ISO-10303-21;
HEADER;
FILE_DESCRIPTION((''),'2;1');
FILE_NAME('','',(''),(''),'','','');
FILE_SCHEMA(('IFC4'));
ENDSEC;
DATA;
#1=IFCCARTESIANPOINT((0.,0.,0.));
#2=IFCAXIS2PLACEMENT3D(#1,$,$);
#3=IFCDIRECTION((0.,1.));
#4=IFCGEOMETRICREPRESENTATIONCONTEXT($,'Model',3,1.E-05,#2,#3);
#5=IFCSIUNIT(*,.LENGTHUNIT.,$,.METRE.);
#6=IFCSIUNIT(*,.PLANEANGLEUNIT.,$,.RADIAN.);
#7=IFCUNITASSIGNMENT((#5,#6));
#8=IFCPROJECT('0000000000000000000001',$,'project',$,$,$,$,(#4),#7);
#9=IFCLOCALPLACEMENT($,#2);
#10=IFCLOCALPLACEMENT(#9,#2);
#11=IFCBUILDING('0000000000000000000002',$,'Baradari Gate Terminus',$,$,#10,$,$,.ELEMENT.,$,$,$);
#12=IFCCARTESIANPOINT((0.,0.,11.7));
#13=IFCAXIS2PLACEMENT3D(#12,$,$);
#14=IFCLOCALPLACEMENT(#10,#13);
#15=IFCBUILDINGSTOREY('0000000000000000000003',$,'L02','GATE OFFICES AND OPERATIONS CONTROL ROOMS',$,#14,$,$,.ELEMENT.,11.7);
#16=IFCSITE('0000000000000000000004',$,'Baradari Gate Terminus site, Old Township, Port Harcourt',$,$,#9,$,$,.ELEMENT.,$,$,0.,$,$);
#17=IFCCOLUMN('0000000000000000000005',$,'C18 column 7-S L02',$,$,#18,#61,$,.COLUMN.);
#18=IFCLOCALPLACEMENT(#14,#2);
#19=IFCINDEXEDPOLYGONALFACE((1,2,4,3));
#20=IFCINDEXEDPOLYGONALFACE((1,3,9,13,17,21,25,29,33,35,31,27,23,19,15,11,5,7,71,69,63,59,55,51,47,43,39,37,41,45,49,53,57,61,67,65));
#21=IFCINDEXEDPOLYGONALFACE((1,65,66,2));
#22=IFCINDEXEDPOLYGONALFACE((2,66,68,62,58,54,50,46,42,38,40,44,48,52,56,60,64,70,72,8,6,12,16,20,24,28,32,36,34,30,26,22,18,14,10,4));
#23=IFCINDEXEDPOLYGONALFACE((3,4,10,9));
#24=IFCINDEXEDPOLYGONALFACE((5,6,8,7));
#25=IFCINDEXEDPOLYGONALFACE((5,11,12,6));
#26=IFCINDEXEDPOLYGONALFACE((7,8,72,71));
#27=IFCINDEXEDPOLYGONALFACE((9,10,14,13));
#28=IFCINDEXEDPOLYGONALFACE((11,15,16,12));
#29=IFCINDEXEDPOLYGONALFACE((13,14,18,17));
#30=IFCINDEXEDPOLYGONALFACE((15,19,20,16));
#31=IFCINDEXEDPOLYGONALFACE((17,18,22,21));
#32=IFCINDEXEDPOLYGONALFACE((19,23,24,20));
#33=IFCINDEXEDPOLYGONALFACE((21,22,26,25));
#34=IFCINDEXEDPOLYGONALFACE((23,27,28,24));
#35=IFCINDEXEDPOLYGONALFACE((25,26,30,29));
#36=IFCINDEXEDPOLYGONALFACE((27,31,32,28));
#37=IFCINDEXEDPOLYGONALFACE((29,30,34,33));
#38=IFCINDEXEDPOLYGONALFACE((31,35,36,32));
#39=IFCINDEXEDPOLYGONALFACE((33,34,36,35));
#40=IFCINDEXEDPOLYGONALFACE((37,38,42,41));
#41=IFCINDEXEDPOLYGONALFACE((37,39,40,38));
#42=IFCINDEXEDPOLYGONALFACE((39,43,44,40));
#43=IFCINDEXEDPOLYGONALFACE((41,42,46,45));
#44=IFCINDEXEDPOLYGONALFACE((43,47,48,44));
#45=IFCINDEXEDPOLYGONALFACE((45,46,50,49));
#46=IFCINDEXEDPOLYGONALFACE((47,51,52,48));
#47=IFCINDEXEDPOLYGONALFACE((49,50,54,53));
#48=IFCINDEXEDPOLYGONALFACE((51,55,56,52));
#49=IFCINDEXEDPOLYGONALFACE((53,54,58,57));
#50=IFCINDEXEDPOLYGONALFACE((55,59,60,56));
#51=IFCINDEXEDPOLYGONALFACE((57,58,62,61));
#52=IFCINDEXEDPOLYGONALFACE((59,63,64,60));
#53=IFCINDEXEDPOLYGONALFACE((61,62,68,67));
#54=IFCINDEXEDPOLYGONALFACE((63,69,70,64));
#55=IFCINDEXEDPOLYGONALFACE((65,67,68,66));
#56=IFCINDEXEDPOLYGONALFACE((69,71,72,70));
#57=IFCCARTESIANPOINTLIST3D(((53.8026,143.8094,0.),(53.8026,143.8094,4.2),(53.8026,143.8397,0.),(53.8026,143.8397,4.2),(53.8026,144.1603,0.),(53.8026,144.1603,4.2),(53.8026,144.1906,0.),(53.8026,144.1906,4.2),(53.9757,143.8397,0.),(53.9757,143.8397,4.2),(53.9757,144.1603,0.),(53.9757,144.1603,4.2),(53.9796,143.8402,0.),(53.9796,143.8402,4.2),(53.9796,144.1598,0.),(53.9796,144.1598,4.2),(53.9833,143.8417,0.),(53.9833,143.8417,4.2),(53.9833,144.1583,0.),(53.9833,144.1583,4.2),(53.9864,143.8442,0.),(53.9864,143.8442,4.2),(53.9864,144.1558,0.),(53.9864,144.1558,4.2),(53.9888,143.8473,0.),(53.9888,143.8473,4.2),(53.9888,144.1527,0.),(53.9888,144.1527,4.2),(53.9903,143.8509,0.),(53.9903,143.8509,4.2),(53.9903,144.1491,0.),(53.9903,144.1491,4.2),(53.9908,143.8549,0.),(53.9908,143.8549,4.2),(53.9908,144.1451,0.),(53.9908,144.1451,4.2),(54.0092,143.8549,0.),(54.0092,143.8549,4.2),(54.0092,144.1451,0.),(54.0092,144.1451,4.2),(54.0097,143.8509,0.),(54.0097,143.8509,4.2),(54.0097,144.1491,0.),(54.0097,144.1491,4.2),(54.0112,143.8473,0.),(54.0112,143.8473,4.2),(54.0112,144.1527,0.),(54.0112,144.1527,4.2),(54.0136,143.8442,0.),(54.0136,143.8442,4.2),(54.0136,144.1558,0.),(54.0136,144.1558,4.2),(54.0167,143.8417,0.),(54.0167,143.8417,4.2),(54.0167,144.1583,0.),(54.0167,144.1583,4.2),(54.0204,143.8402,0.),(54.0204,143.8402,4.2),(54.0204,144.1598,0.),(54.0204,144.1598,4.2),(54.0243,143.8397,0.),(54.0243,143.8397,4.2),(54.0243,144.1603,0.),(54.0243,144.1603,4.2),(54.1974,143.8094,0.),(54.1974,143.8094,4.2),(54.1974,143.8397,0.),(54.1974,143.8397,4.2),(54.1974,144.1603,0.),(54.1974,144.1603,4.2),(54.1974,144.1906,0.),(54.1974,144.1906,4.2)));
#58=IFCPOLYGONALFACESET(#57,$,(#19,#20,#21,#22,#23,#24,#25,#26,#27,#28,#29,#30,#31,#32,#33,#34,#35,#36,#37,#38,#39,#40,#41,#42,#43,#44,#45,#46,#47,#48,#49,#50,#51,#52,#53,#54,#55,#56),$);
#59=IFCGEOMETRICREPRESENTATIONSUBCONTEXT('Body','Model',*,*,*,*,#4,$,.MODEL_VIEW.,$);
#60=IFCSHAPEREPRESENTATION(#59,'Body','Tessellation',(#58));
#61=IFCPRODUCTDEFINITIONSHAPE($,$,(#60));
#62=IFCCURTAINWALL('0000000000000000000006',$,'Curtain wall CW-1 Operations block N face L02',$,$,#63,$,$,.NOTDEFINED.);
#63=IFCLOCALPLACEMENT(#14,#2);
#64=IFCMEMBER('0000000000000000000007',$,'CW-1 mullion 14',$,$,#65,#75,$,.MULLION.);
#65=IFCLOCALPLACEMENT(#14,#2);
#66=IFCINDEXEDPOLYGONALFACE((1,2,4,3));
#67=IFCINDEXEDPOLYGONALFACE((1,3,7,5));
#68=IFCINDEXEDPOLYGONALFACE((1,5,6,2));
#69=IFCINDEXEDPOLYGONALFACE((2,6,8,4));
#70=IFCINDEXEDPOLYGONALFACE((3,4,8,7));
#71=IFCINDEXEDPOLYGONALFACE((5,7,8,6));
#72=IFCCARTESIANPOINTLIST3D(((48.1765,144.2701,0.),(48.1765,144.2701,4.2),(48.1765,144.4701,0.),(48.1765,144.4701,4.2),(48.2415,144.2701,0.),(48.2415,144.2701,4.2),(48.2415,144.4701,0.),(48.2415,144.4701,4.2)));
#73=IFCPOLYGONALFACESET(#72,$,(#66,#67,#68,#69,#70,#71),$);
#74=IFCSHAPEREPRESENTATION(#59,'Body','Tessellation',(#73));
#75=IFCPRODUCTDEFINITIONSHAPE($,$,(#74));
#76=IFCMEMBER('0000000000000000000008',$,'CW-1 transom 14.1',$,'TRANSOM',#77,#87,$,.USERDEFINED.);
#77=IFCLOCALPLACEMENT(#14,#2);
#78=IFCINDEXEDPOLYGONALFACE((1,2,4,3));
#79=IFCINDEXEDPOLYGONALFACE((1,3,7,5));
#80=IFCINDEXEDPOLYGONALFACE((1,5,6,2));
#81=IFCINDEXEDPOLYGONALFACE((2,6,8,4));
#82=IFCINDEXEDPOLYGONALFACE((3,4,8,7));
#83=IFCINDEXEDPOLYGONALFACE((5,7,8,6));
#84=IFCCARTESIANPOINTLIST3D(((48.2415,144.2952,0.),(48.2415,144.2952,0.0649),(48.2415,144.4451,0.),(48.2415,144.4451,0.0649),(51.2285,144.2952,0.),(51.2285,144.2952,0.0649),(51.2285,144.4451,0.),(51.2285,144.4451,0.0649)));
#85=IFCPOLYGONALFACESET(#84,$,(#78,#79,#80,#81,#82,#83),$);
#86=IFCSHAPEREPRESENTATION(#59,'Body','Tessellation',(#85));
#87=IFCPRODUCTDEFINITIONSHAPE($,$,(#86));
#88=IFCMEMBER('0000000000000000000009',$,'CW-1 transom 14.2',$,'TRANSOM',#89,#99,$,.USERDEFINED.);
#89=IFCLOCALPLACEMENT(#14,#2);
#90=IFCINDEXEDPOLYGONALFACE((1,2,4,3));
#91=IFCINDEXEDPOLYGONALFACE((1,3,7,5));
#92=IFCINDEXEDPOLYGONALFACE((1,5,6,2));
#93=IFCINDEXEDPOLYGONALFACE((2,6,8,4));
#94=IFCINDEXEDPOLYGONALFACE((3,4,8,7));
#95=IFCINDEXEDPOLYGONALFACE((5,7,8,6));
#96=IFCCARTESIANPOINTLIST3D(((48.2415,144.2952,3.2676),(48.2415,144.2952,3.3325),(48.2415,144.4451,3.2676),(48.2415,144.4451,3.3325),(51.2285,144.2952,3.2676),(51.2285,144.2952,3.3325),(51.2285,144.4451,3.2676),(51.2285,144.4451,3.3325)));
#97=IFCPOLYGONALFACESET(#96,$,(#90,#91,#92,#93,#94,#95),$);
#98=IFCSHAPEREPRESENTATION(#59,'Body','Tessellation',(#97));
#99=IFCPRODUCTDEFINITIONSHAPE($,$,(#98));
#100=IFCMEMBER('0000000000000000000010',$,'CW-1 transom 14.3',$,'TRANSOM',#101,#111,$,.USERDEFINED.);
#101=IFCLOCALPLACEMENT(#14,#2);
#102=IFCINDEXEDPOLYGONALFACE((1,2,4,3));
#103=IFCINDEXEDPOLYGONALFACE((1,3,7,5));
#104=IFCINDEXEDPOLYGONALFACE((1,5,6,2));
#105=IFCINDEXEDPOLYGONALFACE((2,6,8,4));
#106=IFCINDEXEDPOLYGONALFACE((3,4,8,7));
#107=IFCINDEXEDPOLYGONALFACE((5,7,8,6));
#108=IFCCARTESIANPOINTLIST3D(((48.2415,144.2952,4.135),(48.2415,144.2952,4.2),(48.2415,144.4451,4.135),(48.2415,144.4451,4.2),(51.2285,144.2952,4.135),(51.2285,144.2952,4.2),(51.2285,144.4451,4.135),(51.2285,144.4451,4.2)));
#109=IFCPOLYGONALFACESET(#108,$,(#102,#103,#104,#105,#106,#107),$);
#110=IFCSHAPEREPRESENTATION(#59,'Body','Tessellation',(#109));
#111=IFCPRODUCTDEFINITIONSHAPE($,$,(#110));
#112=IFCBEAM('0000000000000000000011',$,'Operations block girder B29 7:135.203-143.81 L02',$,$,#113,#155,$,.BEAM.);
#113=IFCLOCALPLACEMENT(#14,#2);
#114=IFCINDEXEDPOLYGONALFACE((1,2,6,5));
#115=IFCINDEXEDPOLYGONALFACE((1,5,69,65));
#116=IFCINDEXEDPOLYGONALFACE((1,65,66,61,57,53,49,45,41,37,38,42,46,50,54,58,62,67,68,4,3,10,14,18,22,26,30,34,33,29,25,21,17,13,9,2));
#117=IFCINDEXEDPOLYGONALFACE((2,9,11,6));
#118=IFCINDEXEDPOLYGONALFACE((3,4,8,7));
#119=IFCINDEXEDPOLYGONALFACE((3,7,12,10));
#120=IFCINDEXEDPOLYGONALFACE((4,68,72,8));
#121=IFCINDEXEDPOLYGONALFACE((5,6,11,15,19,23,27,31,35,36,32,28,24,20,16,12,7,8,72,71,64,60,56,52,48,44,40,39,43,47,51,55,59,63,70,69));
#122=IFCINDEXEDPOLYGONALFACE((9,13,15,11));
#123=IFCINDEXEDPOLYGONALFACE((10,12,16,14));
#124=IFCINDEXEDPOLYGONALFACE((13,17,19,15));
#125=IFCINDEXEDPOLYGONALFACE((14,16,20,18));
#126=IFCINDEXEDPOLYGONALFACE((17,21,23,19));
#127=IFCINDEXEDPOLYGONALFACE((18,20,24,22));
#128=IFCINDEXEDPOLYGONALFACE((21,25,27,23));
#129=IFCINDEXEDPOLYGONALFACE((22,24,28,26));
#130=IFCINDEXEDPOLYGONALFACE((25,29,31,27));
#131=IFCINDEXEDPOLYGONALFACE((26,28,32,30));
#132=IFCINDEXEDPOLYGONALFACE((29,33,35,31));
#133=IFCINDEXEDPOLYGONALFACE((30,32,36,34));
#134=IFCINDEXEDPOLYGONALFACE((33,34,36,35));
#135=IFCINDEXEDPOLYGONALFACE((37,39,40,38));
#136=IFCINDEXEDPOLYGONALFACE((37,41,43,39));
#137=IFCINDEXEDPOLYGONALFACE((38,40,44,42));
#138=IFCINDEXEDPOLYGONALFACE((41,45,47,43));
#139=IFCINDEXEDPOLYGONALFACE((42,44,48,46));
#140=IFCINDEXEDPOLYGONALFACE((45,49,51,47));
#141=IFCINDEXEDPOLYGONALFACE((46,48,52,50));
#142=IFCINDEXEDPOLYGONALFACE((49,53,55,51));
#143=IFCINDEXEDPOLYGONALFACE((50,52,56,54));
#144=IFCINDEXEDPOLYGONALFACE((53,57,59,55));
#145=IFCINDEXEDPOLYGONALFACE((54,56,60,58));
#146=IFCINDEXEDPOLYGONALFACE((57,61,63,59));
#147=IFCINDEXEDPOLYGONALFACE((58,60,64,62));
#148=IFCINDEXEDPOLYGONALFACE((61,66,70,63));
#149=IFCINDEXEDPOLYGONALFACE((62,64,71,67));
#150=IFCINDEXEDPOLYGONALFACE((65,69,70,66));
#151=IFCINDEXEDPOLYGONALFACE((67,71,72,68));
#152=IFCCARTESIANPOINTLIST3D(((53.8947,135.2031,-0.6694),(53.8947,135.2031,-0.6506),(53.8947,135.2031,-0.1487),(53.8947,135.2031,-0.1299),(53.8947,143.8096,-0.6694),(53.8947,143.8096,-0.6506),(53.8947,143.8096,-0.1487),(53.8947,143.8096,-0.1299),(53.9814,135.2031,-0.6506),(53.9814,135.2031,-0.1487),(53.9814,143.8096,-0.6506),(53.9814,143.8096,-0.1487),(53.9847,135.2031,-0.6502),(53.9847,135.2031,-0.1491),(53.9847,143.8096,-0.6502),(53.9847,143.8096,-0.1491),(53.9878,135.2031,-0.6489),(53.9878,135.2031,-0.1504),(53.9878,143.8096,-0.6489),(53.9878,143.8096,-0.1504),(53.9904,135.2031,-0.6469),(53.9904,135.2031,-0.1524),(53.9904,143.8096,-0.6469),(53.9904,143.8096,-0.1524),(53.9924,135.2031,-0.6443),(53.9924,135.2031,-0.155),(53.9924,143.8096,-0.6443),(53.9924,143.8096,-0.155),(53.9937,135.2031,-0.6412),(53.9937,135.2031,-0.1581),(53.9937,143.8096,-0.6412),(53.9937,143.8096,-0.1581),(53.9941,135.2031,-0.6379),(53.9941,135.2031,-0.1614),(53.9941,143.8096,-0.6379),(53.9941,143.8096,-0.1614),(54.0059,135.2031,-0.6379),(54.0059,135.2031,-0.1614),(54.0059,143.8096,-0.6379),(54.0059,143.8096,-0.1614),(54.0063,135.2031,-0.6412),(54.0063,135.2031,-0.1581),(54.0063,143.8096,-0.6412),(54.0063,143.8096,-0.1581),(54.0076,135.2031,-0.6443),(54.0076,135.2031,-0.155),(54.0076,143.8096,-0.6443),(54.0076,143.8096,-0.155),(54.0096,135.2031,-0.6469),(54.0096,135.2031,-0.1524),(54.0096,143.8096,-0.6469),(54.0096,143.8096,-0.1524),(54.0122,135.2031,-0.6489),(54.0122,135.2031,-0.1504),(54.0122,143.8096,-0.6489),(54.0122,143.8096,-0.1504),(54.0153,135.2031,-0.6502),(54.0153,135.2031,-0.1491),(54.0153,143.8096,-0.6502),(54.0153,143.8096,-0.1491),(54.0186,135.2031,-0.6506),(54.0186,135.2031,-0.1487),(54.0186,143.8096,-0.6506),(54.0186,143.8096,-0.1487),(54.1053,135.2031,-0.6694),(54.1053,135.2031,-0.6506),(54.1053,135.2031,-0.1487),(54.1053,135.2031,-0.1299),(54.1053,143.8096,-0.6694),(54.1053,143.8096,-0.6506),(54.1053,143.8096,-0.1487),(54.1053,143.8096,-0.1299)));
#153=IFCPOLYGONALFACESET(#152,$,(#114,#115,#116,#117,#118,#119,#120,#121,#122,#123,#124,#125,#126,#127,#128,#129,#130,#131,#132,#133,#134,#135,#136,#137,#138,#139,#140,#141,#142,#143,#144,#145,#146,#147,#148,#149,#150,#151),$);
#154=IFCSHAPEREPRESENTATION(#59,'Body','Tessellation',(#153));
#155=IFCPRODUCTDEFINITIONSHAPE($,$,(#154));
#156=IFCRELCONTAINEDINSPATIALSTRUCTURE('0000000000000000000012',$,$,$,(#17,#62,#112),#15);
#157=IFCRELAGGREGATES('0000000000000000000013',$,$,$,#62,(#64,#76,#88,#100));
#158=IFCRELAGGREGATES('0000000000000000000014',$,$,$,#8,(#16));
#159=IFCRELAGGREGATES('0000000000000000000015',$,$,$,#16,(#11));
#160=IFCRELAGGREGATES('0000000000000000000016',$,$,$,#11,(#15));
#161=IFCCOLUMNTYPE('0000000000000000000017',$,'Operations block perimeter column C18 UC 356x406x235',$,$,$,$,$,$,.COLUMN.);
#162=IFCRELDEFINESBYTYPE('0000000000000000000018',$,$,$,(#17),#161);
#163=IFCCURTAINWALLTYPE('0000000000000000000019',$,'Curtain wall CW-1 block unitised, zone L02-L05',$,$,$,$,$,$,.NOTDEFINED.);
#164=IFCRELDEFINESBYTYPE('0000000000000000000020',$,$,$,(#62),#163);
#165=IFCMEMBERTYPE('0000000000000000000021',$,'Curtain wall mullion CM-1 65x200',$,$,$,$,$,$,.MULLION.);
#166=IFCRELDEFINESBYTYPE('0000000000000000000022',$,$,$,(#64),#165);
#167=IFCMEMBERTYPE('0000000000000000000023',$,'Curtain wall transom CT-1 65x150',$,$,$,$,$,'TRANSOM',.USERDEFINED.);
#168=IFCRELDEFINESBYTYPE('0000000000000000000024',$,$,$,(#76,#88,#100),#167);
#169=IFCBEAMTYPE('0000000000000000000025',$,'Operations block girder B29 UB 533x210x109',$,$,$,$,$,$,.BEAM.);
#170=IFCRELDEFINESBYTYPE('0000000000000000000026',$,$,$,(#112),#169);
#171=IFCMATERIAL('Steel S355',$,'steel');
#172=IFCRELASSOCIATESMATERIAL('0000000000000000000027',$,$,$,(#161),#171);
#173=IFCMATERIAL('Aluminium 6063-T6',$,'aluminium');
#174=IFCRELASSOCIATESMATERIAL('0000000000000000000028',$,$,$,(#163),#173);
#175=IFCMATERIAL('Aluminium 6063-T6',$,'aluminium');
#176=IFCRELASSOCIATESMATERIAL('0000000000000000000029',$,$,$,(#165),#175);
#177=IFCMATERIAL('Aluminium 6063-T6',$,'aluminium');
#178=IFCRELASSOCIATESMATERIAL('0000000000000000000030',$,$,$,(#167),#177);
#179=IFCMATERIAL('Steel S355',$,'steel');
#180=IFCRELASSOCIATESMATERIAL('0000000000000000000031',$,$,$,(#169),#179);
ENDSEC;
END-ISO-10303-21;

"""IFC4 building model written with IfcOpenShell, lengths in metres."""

from ifc_helpers import new_model, si_unit, direction, frame, origin, origin_2d, place, context, subcontext, project, spatial, rectangle, i_section, extrude, material, material_profile, profile_set, type_object, element, aggregate, save


model = new_model("IFC4")

# Units and contexts
model_context = context("Model", 3, precision=1e-05, world=origin(), true_north=direction((0.0, 1.0)))
body_context = subcontext(model_context, "Body", "Model", "MODEL_VIEW")
ifc_project = project(units=[si_unit("LENGTHUNIT", "METRE"), si_unit("PLANEANGLEUNIT", "RADIAN")], contexts=[model_context])

# Site, building, storey
site_placement = place(None, origin())
site = spatial("IfcSite", under=ifc_project, at=site_placement, Name="Baradari Gate Terminus site, Old Township, Port Harcourt", CompositionType="ELEMENT", RefElevation=0.0)
building_placement = place(site_placement, origin())
building = spatial("IfcBuilding", under=site, at=building_placement, Name="Baradari Gate Terminus", CompositionType="ELEMENT")
storey_placement = place(building_placement, frame((0.0, 0.0, 11.7)))
storey = spatial("IfcBuildingStorey", under=building, at=storey_placement, Name="L02", Description="GATE OFFICES AND OPERATIONS CONTROL ROOMS", CompositionType="ELEMENT", Elevation=11.7)

# Column
ifc_material_1 = material(Name="Steel S355", Category="steel")
ifc_material_profile_1 = material_profile(ifc_material_1, i_section(OverallWidth=0.3948, OverallDepth=0.3811, WebThickness=0.0183, FlangeThickness=0.0303, FilletRadius=0.0151, at=origin_2d()), Name="UC 356x406x235")
ifc_profile_set_1 = profile_set([ifc_material_profile_1], Name="Steel S355")
column_type = type_object("IfcColumnType", Name="Operations block perimeter column C18 UC 356x406x235", PredefinedType="COLUMN", material=ifc_profile_set_1)
column_placement = place(storey_placement, frame((54.0, 144.0, 0.0), z_axis=(0.0, 0.0, 1.0), x_axis=(1.0, 0.0, 0.0)))
element("IfcColumn", 1, at=column_placement, inside=storey, type_object=column_type, Name="C18 column 7-S L02", PredefinedType="COLUMN", context=body_context, shape_type="SweptSolid", body=[
    extrude(i_section(OverallWidth=0.3948, OverallDepth=0.3811, WebThickness=0.0183, FlangeThickness=0.0303, FilletRadius=0.0151, at=origin_2d()), origin(), (0.0, 0.0, 1.0), 4.2),
])

# Curtain wall, members
ifc_material_2 = material(Name="Aluminium 6063-T6", Category="aluminium")
curtain_wall_type = type_object("IfcCurtainWallType", Name="Curtain wall CW-1 block unitised, zone L02-L05", PredefinedType="NOTDEFINED", material=ifc_material_2)
curtain_wall_placement = place(storey_placement, origin())
curtain_wall = element("IfcCurtainWall", 2, at=curtain_wall_placement, inside=storey, type_object=curtain_wall_type, Name="Curtain wall CW-1 Operations block N face L02", PredefinedType="NOTDEFINED")
ifc_material_3 = material(Name="Aluminium 6063-T6", Category="aluminium")
ifc_material_profile_2 = material_profile(ifc_material_3, rectangle(XDim=0.2, YDim=0.0649, at=origin_2d()), Name="CM-1 65X200")
ifc_profile_set_2 = profile_set([ifc_material_profile_2], Name="Aluminium 6063-T6")
member_type_1 = type_object("IfcMemberType", Name="Curtain wall mullion CM-1 65x200", PredefinedType="MULLION", material=ifc_profile_set_2)
member_1_placement = place(storey_placement, frame((48.209, 144.3701, 0.0), z_axis=(0.0, 0.0, 1.0), x_axis=(0.0, 1.0, 0.0)))
member_1 = element("IfcMember", 3, at=member_1_placement, type_object=member_type_1, Name="CW-1 mullion 14", PredefinedType="MULLION", context=body_context, shape_type="SweptSolid", body=[
    extrude(rectangle(XDim=0.2, YDim=0.0649, at=origin_2d()), origin(), (0.0, 0.0, 1.0), 4.2),
])
ifc_material_4 = material(Name="Aluminium 6063-T6", Category="aluminium")
ifc_material_profile_3 = material_profile(ifc_material_4, rectangle(XDim=0.1499, YDim=0.0649, at=origin_2d()), Name="CT-1 65X150")
ifc_profile_set_3 = profile_set([ifc_material_profile_3], Name="Aluminium 6063-T6")
member_type_2 = type_object("IfcMemberType", Name="Curtain wall transom CT-1 65x150", ElementType="TRANSOM", PredefinedType="USERDEFINED", material=ifc_profile_set_3)
member_2_placement = place(storey_placement, frame((48.2415, 144.3701, 0.0325), z_axis=(1.0, 0.0, 0.0), x_axis=(0.0, 1.0, 0.0)))
member_2 = element("IfcMember", 4, at=member_2_placement, type_object=member_type_2, Name="CW-1 transom 14.1", ObjectType="TRANSOM", PredefinedType="USERDEFINED", context=body_context, shape_type="SweptSolid", body=[
    extrude(rectangle(XDim=0.1499, YDim=0.0649, at=origin_2d()), origin(), (0.0, 0.0, 1.0), 2.9871),
])
member_3_placement = place(storey_placement, frame((48.2415, 144.3701, 3.3), z_axis=(1.0, 0.0, 0.0), x_axis=(0.0, 1.0, 0.0)))
member_3 = element("IfcMember", 5, at=member_3_placement, type_object=member_type_2, Name="CW-1 transom 14.2", ObjectType="TRANSOM", PredefinedType="USERDEFINED", context=body_context, shape_type="SweptSolid", body=[
    extrude(rectangle(XDim=0.1499, YDim=0.0649, at=origin_2d()), origin(), (0.0, 0.0, 1.0), 2.9871),
])
member_4_placement = place(storey_placement, frame((48.2415, 144.3701, 4.1675), z_axis=(1.0, 0.0, 0.0), x_axis=(0.0, 1.0, 0.0)))
member_4 = element("IfcMember", 6, at=member_4_placement, type_object=member_type_2, Name="CW-1 transom 14.3", ObjectType="TRANSOM", PredefinedType="USERDEFINED", context=body_context, shape_type="SweptSolid", body=[
    extrude(rectangle(XDim=0.1499, YDim=0.0649, at=origin_2d()), origin(), (0.0, 0.0, 1.0), 2.9871),
])

# Beam
ifc_material_5 = material(Name="Steel S355", Category="steel")
ifc_material_profile_4 = material_profile(ifc_material_5, i_section(OverallWidth=0.2107, OverallDepth=0.5396, WebThickness=0.0117, FlangeThickness=0.0188, FilletRadius=0.0127, at=origin_2d()), Name="UB 533x210x109")
ifc_profile_set_4 = profile_set([ifc_material_profile_4], Name="Steel S355")
beam_type_1 = type_object("IfcBeamType", Name="Operations block girder B29 UB 533x210x109", PredefinedType="BEAM", material=ifc_profile_set_4)
beam_1_placement = place(storey_placement, frame((54.0, 135.2031, -0.3997), z_axis=(0.0, 1.0, 0.0), x_axis=(-1.0, 0.0, 0.0)))
element("IfcBeam", 7, at=beam_1_placement, inside=storey, type_object=beam_type_1, Name="Operations block girder B29 7:135.203-143.81 L02", PredefinedType="BEAM", context=body_context, shape_type="SweptSolid", body=[
    extrude(i_section(OverallWidth=0.2107, OverallDepth=0.5396, WebThickness=0.0117, FlangeThickness=0.0188, FilletRadius=0.0127, at=origin_2d()), origin(), (0.0, 0.0, 1.0), 8.6064),
])

aggregate(curtain_wall, [member_1, member_2, member_3, member_4])

save(model, "model.ifc")
